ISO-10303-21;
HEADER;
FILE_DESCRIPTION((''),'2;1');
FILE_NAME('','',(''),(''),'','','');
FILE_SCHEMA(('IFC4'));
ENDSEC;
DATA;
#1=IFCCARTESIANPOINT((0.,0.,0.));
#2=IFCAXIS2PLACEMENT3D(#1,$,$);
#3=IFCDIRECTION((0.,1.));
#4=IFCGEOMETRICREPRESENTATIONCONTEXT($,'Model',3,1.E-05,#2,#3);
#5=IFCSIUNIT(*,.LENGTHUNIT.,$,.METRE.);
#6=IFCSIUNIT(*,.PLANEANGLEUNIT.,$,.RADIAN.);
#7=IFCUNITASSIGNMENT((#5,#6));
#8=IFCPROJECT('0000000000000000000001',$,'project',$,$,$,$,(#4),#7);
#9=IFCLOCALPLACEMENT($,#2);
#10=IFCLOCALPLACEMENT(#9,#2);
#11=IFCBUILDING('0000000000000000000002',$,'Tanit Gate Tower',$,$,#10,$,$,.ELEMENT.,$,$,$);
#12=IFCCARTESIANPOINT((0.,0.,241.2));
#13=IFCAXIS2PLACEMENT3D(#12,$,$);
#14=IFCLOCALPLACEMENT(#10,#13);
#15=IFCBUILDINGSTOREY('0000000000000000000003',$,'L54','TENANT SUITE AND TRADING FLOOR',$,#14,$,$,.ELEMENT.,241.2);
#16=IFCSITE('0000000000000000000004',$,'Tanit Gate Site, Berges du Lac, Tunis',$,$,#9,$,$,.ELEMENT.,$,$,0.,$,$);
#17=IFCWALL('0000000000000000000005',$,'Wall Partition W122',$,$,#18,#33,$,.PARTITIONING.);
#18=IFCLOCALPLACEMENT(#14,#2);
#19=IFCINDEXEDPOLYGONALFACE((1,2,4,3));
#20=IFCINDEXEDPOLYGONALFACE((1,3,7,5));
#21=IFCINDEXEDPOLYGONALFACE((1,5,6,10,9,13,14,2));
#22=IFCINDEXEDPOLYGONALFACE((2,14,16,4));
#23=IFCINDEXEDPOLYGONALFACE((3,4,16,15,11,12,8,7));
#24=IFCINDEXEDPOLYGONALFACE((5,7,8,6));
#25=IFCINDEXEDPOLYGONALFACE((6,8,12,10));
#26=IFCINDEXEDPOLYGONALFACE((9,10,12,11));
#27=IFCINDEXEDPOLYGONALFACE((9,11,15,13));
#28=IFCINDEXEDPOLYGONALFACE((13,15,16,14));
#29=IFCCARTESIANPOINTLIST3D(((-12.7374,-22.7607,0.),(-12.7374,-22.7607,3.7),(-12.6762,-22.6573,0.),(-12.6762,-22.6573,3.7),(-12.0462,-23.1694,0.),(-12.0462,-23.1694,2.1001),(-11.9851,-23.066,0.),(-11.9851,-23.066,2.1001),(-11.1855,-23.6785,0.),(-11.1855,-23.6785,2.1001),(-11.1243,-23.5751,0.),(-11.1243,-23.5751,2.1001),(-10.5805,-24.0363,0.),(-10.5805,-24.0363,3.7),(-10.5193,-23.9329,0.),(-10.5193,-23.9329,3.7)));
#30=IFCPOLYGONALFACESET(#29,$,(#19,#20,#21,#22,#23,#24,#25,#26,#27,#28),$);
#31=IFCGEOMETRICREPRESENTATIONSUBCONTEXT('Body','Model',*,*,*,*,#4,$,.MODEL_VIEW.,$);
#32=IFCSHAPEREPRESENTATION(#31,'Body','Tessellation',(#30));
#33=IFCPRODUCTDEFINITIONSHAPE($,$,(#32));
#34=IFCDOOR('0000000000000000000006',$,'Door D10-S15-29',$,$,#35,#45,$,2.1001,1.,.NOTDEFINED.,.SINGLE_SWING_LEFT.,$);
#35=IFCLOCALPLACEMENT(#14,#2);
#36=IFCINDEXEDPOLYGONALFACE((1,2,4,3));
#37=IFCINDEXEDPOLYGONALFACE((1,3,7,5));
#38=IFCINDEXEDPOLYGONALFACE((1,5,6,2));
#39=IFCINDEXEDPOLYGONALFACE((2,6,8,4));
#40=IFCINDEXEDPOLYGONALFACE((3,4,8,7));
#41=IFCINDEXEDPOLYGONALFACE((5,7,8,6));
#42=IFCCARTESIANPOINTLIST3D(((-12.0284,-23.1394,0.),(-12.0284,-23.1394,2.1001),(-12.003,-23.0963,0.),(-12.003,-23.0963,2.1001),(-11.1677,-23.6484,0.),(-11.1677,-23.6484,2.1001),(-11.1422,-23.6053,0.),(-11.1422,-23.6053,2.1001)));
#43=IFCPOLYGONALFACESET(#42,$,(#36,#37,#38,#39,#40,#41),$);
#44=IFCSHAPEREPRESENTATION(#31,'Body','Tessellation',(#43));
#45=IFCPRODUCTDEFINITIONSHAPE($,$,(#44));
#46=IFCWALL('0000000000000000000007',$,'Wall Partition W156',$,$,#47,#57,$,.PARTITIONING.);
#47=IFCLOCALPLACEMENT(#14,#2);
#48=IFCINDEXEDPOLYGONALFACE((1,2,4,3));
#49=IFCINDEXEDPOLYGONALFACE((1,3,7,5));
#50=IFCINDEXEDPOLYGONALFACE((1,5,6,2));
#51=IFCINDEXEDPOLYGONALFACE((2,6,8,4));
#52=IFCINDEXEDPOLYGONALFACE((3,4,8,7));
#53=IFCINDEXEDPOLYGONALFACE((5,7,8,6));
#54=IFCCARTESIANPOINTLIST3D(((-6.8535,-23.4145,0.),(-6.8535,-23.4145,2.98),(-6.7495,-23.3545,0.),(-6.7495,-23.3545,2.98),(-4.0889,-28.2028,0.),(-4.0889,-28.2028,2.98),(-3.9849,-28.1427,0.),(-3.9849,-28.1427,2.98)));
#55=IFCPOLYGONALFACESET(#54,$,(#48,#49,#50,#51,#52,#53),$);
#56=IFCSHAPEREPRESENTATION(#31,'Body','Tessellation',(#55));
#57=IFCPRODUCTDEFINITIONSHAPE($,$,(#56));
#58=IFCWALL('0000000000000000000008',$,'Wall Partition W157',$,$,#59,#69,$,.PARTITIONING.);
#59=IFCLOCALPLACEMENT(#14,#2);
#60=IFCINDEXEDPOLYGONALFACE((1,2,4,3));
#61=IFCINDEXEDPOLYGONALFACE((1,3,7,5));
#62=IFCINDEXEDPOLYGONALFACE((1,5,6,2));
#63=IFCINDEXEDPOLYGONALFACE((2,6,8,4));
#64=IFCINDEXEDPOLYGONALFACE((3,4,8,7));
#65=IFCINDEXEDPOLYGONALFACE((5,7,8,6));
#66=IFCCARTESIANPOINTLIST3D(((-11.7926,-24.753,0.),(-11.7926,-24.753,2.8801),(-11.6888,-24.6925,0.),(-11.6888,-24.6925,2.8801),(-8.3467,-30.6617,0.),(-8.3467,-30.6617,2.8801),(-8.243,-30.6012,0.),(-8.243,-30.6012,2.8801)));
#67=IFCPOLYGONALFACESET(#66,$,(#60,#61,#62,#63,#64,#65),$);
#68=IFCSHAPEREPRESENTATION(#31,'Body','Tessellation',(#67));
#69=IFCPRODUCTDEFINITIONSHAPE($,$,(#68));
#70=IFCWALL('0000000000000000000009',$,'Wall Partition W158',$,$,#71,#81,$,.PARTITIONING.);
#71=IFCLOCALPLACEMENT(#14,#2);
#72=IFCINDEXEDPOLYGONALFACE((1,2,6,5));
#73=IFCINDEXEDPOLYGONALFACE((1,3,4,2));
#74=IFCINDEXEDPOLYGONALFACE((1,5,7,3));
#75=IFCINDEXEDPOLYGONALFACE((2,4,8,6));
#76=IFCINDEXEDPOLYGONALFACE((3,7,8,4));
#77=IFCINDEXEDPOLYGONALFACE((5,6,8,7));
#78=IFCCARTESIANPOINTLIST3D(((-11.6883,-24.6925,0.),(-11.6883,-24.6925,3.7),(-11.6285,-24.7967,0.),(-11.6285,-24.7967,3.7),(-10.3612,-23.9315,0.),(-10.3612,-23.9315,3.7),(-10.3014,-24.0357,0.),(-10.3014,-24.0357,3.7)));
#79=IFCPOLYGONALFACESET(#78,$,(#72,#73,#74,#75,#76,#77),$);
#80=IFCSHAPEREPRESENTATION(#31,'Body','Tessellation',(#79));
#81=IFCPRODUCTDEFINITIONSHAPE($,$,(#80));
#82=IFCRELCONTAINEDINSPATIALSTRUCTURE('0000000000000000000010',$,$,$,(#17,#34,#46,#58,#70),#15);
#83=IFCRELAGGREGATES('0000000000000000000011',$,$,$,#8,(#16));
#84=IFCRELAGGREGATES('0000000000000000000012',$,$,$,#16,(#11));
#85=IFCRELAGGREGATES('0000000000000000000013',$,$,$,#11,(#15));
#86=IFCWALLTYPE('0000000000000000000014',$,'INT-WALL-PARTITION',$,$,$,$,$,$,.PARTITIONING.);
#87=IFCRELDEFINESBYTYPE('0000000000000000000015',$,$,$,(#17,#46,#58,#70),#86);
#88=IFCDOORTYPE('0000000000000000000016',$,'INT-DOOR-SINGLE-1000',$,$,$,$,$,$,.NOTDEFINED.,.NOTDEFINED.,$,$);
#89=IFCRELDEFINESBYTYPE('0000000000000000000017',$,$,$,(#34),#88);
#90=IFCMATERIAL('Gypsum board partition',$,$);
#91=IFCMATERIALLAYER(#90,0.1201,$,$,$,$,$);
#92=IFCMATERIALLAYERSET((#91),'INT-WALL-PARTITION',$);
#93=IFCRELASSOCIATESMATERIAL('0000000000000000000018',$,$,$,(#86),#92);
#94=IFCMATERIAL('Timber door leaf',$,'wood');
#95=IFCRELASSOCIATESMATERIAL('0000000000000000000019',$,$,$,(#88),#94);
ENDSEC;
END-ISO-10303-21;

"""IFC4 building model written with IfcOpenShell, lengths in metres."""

from ifc_helpers import new_model, si_unit, direction, frame, frame_2d, origin, place, context, subcontext, project, spatial, rectangle, extrude, material, layer, layer_set, type_object, element, fill, save


model = new_model("IFC4")

# Units and contexts
model_context = context("Model", 3, precision=1e-05, world=origin(), true_north=direction((0.0, 1.0)))
body_context = subcontext(model_context, "Body", "Model", "MODEL_VIEW")
ifc_project = project(units=[si_unit("LENGTHUNIT", "METRE"), si_unit("PLANEANGLEUNIT", "RADIAN")], contexts=[model_context])

# Site, building, storey
site_placement = place(None, origin())
site = spatial("IfcSite", under=ifc_project, at=site_placement, Name="Tanit Gate Site, Berges du Lac, Tunis", CompositionType="ELEMENT", RefElevation=0.0)
building_placement = place(site_placement, origin())
building = spatial("IfcBuilding", under=site, at=building_placement, Name="Tanit Gate Tower", CompositionType="ELEMENT")
storey_placement = place(building_placement, frame((0.0, 0.0, 241.2)))
storey = spatial("IfcBuildingStorey", under=building, at=storey_placement, Name="L54", Description="TENANT SUITE AND TRADING FLOOR", CompositionType="ELEMENT", Elevation=241.2)

# Shared definitions
ifc_material_1 = material(Name="Gypsum board partition")
ifc_layer_1 = layer(ifc_material_1, 0.1201)
ifc_layer_set_1 = layer_set([ifc_layer_1], Name="INT-WALL-PARTITION")
wall_type_1 = type_object("IfcWallType", Name="INT-WALL-PARTITION", PredefinedType="PARTITIONING", material=ifc_layer_set_1)

# Wall, opening, door
wall_1_placement = place(storey_placement, frame((-12.7068, -22.709, 0.0), z_axis=(0.0, 0.0, 1.0), x_axis=(0.860742, -0.509041, 0.0)))
wall_1 = element("IfcWall", 1, at=wall_1_placement, inside=storey, type_object=wall_type_1, Name="Wall Partition W122", PredefinedType="PARTITIONING", context=body_context, shape_type="SweptSolid", body=[
    extrude(rectangle(XDim=2.5059, YDim=0.1201, at=frame_2d((1.2529, 0.0))), origin(), (0.0, 0.0, 1.0), 3.7),
])
opening_1_placement = place(wall_1_placement, frame((0.803, 0.0, 0.0)))
opening_1 = element("IfcOpeningElement", 2, at=opening_1_placement, cuts=wall_1, PredefinedType="OPENING", context=body_context, shape_type="SweptSolid", body=[
    extrude(rectangle(XDim=1.0, YDim=2.1001, at=frame_2d((0.5, 1.05))), frame((0.0, 0.0701, 0.0), z_axis=(0.0, -1.0, 0.0), x_axis=(1.0, 0.0, 0.0)), (0.0, 0.0, 1.0), 0.1401),
])
ifc_material_2 = material(Name="Timber door leaf", Category="wood")
door_type_1 = type_object("IfcDoorType", Name="INT-DOOR-SINGLE-1000", OperationType="NOTDEFINED", PredefinedType="NOTDEFINED", material=ifc_material_2)
door_1_placement = place(opening_1_placement, origin())
door_1 = element("IfcDoor", 3, at=door_1_placement, inside=storey, type_object=door_type_1, Name="Door D10-S15-29", OperationType="SINGLE_SWING_LEFT", OverallHeight=2.1001, OverallWidth=1.0, PredefinedType="NOTDEFINED", context=body_context, shape_type="SweptSolid", body=[
    extrude(rectangle(XDim=1.0, YDim=2.1001, at=frame_2d((0.5, 1.05))), frame((0.0, 0.0249, 0.0), z_axis=(0.0, -1.0, 0.0), x_axis=(1.0, 0.0, 0.0)), (0.0, 0.0, 1.0), 0.05),
])
fill(opening_1, door_1)

# Walls
wall_2_placement = place(storey_placement, frame((-4.0369, -28.1729, 0.0), z_axis=(0.0, 0.0, 1.0), x_axis=(-0.500014, 0.866017, 0.0)))
element("IfcWall", 4, at=wall_2_placement, inside=storey, type_object=wall_type_1, Name="Wall Partition W156", PredefinedType="PARTITIONING", context=body_context, shape_type="SweptSolid", body=[
    extrude(rectangle(XDim=5.5291, YDim=0.1201, at=frame_2d((2.7646, 0.0))), origin(), (0.0, 0.0, 1.0), 2.98),
])
wall_3_placement = place(storey_placement, frame((-8.2949, -30.6313, 0.0), z_axis=(0.0, 0.0, 1.0), x_axis=(-0.503769, 0.863838, 0.0)))
element("IfcWall", 5, at=wall_3_placement, inside=storey, type_object=wall_type_1, Name="Wall Partition W157", PredefinedType="PARTITIONING", context=body_context, shape_type="SweptSolid", body=[
    extrude(rectangle(XDim=6.8401, YDim=0.1201, at=frame_2d((3.4199, 0.0))), origin(), (0.0, 0.0, 1.0), 2.8801),
])
wall_4_placement = place(storey_placement, frame((-10.3313, -23.9836, 0.0), z_axis=(0.0, 0.0, 1.0), x_axis=(-0.867506, -0.497427, 0.0)))
element("IfcWall", 6, at=wall_4_placement, inside=storey, type_object=wall_type_1, Name="Wall Partition W158", PredefinedType="PARTITIONING", context=body_context, shape_type="SweptSolid", body=[
    extrude(rectangle(XDim=1.5298, YDim=0.1201, at=frame_2d((0.7649, 0.0))), origin(), (0.0, 0.0, 1.0), 3.7),
])

save(model, "model.ifc")
